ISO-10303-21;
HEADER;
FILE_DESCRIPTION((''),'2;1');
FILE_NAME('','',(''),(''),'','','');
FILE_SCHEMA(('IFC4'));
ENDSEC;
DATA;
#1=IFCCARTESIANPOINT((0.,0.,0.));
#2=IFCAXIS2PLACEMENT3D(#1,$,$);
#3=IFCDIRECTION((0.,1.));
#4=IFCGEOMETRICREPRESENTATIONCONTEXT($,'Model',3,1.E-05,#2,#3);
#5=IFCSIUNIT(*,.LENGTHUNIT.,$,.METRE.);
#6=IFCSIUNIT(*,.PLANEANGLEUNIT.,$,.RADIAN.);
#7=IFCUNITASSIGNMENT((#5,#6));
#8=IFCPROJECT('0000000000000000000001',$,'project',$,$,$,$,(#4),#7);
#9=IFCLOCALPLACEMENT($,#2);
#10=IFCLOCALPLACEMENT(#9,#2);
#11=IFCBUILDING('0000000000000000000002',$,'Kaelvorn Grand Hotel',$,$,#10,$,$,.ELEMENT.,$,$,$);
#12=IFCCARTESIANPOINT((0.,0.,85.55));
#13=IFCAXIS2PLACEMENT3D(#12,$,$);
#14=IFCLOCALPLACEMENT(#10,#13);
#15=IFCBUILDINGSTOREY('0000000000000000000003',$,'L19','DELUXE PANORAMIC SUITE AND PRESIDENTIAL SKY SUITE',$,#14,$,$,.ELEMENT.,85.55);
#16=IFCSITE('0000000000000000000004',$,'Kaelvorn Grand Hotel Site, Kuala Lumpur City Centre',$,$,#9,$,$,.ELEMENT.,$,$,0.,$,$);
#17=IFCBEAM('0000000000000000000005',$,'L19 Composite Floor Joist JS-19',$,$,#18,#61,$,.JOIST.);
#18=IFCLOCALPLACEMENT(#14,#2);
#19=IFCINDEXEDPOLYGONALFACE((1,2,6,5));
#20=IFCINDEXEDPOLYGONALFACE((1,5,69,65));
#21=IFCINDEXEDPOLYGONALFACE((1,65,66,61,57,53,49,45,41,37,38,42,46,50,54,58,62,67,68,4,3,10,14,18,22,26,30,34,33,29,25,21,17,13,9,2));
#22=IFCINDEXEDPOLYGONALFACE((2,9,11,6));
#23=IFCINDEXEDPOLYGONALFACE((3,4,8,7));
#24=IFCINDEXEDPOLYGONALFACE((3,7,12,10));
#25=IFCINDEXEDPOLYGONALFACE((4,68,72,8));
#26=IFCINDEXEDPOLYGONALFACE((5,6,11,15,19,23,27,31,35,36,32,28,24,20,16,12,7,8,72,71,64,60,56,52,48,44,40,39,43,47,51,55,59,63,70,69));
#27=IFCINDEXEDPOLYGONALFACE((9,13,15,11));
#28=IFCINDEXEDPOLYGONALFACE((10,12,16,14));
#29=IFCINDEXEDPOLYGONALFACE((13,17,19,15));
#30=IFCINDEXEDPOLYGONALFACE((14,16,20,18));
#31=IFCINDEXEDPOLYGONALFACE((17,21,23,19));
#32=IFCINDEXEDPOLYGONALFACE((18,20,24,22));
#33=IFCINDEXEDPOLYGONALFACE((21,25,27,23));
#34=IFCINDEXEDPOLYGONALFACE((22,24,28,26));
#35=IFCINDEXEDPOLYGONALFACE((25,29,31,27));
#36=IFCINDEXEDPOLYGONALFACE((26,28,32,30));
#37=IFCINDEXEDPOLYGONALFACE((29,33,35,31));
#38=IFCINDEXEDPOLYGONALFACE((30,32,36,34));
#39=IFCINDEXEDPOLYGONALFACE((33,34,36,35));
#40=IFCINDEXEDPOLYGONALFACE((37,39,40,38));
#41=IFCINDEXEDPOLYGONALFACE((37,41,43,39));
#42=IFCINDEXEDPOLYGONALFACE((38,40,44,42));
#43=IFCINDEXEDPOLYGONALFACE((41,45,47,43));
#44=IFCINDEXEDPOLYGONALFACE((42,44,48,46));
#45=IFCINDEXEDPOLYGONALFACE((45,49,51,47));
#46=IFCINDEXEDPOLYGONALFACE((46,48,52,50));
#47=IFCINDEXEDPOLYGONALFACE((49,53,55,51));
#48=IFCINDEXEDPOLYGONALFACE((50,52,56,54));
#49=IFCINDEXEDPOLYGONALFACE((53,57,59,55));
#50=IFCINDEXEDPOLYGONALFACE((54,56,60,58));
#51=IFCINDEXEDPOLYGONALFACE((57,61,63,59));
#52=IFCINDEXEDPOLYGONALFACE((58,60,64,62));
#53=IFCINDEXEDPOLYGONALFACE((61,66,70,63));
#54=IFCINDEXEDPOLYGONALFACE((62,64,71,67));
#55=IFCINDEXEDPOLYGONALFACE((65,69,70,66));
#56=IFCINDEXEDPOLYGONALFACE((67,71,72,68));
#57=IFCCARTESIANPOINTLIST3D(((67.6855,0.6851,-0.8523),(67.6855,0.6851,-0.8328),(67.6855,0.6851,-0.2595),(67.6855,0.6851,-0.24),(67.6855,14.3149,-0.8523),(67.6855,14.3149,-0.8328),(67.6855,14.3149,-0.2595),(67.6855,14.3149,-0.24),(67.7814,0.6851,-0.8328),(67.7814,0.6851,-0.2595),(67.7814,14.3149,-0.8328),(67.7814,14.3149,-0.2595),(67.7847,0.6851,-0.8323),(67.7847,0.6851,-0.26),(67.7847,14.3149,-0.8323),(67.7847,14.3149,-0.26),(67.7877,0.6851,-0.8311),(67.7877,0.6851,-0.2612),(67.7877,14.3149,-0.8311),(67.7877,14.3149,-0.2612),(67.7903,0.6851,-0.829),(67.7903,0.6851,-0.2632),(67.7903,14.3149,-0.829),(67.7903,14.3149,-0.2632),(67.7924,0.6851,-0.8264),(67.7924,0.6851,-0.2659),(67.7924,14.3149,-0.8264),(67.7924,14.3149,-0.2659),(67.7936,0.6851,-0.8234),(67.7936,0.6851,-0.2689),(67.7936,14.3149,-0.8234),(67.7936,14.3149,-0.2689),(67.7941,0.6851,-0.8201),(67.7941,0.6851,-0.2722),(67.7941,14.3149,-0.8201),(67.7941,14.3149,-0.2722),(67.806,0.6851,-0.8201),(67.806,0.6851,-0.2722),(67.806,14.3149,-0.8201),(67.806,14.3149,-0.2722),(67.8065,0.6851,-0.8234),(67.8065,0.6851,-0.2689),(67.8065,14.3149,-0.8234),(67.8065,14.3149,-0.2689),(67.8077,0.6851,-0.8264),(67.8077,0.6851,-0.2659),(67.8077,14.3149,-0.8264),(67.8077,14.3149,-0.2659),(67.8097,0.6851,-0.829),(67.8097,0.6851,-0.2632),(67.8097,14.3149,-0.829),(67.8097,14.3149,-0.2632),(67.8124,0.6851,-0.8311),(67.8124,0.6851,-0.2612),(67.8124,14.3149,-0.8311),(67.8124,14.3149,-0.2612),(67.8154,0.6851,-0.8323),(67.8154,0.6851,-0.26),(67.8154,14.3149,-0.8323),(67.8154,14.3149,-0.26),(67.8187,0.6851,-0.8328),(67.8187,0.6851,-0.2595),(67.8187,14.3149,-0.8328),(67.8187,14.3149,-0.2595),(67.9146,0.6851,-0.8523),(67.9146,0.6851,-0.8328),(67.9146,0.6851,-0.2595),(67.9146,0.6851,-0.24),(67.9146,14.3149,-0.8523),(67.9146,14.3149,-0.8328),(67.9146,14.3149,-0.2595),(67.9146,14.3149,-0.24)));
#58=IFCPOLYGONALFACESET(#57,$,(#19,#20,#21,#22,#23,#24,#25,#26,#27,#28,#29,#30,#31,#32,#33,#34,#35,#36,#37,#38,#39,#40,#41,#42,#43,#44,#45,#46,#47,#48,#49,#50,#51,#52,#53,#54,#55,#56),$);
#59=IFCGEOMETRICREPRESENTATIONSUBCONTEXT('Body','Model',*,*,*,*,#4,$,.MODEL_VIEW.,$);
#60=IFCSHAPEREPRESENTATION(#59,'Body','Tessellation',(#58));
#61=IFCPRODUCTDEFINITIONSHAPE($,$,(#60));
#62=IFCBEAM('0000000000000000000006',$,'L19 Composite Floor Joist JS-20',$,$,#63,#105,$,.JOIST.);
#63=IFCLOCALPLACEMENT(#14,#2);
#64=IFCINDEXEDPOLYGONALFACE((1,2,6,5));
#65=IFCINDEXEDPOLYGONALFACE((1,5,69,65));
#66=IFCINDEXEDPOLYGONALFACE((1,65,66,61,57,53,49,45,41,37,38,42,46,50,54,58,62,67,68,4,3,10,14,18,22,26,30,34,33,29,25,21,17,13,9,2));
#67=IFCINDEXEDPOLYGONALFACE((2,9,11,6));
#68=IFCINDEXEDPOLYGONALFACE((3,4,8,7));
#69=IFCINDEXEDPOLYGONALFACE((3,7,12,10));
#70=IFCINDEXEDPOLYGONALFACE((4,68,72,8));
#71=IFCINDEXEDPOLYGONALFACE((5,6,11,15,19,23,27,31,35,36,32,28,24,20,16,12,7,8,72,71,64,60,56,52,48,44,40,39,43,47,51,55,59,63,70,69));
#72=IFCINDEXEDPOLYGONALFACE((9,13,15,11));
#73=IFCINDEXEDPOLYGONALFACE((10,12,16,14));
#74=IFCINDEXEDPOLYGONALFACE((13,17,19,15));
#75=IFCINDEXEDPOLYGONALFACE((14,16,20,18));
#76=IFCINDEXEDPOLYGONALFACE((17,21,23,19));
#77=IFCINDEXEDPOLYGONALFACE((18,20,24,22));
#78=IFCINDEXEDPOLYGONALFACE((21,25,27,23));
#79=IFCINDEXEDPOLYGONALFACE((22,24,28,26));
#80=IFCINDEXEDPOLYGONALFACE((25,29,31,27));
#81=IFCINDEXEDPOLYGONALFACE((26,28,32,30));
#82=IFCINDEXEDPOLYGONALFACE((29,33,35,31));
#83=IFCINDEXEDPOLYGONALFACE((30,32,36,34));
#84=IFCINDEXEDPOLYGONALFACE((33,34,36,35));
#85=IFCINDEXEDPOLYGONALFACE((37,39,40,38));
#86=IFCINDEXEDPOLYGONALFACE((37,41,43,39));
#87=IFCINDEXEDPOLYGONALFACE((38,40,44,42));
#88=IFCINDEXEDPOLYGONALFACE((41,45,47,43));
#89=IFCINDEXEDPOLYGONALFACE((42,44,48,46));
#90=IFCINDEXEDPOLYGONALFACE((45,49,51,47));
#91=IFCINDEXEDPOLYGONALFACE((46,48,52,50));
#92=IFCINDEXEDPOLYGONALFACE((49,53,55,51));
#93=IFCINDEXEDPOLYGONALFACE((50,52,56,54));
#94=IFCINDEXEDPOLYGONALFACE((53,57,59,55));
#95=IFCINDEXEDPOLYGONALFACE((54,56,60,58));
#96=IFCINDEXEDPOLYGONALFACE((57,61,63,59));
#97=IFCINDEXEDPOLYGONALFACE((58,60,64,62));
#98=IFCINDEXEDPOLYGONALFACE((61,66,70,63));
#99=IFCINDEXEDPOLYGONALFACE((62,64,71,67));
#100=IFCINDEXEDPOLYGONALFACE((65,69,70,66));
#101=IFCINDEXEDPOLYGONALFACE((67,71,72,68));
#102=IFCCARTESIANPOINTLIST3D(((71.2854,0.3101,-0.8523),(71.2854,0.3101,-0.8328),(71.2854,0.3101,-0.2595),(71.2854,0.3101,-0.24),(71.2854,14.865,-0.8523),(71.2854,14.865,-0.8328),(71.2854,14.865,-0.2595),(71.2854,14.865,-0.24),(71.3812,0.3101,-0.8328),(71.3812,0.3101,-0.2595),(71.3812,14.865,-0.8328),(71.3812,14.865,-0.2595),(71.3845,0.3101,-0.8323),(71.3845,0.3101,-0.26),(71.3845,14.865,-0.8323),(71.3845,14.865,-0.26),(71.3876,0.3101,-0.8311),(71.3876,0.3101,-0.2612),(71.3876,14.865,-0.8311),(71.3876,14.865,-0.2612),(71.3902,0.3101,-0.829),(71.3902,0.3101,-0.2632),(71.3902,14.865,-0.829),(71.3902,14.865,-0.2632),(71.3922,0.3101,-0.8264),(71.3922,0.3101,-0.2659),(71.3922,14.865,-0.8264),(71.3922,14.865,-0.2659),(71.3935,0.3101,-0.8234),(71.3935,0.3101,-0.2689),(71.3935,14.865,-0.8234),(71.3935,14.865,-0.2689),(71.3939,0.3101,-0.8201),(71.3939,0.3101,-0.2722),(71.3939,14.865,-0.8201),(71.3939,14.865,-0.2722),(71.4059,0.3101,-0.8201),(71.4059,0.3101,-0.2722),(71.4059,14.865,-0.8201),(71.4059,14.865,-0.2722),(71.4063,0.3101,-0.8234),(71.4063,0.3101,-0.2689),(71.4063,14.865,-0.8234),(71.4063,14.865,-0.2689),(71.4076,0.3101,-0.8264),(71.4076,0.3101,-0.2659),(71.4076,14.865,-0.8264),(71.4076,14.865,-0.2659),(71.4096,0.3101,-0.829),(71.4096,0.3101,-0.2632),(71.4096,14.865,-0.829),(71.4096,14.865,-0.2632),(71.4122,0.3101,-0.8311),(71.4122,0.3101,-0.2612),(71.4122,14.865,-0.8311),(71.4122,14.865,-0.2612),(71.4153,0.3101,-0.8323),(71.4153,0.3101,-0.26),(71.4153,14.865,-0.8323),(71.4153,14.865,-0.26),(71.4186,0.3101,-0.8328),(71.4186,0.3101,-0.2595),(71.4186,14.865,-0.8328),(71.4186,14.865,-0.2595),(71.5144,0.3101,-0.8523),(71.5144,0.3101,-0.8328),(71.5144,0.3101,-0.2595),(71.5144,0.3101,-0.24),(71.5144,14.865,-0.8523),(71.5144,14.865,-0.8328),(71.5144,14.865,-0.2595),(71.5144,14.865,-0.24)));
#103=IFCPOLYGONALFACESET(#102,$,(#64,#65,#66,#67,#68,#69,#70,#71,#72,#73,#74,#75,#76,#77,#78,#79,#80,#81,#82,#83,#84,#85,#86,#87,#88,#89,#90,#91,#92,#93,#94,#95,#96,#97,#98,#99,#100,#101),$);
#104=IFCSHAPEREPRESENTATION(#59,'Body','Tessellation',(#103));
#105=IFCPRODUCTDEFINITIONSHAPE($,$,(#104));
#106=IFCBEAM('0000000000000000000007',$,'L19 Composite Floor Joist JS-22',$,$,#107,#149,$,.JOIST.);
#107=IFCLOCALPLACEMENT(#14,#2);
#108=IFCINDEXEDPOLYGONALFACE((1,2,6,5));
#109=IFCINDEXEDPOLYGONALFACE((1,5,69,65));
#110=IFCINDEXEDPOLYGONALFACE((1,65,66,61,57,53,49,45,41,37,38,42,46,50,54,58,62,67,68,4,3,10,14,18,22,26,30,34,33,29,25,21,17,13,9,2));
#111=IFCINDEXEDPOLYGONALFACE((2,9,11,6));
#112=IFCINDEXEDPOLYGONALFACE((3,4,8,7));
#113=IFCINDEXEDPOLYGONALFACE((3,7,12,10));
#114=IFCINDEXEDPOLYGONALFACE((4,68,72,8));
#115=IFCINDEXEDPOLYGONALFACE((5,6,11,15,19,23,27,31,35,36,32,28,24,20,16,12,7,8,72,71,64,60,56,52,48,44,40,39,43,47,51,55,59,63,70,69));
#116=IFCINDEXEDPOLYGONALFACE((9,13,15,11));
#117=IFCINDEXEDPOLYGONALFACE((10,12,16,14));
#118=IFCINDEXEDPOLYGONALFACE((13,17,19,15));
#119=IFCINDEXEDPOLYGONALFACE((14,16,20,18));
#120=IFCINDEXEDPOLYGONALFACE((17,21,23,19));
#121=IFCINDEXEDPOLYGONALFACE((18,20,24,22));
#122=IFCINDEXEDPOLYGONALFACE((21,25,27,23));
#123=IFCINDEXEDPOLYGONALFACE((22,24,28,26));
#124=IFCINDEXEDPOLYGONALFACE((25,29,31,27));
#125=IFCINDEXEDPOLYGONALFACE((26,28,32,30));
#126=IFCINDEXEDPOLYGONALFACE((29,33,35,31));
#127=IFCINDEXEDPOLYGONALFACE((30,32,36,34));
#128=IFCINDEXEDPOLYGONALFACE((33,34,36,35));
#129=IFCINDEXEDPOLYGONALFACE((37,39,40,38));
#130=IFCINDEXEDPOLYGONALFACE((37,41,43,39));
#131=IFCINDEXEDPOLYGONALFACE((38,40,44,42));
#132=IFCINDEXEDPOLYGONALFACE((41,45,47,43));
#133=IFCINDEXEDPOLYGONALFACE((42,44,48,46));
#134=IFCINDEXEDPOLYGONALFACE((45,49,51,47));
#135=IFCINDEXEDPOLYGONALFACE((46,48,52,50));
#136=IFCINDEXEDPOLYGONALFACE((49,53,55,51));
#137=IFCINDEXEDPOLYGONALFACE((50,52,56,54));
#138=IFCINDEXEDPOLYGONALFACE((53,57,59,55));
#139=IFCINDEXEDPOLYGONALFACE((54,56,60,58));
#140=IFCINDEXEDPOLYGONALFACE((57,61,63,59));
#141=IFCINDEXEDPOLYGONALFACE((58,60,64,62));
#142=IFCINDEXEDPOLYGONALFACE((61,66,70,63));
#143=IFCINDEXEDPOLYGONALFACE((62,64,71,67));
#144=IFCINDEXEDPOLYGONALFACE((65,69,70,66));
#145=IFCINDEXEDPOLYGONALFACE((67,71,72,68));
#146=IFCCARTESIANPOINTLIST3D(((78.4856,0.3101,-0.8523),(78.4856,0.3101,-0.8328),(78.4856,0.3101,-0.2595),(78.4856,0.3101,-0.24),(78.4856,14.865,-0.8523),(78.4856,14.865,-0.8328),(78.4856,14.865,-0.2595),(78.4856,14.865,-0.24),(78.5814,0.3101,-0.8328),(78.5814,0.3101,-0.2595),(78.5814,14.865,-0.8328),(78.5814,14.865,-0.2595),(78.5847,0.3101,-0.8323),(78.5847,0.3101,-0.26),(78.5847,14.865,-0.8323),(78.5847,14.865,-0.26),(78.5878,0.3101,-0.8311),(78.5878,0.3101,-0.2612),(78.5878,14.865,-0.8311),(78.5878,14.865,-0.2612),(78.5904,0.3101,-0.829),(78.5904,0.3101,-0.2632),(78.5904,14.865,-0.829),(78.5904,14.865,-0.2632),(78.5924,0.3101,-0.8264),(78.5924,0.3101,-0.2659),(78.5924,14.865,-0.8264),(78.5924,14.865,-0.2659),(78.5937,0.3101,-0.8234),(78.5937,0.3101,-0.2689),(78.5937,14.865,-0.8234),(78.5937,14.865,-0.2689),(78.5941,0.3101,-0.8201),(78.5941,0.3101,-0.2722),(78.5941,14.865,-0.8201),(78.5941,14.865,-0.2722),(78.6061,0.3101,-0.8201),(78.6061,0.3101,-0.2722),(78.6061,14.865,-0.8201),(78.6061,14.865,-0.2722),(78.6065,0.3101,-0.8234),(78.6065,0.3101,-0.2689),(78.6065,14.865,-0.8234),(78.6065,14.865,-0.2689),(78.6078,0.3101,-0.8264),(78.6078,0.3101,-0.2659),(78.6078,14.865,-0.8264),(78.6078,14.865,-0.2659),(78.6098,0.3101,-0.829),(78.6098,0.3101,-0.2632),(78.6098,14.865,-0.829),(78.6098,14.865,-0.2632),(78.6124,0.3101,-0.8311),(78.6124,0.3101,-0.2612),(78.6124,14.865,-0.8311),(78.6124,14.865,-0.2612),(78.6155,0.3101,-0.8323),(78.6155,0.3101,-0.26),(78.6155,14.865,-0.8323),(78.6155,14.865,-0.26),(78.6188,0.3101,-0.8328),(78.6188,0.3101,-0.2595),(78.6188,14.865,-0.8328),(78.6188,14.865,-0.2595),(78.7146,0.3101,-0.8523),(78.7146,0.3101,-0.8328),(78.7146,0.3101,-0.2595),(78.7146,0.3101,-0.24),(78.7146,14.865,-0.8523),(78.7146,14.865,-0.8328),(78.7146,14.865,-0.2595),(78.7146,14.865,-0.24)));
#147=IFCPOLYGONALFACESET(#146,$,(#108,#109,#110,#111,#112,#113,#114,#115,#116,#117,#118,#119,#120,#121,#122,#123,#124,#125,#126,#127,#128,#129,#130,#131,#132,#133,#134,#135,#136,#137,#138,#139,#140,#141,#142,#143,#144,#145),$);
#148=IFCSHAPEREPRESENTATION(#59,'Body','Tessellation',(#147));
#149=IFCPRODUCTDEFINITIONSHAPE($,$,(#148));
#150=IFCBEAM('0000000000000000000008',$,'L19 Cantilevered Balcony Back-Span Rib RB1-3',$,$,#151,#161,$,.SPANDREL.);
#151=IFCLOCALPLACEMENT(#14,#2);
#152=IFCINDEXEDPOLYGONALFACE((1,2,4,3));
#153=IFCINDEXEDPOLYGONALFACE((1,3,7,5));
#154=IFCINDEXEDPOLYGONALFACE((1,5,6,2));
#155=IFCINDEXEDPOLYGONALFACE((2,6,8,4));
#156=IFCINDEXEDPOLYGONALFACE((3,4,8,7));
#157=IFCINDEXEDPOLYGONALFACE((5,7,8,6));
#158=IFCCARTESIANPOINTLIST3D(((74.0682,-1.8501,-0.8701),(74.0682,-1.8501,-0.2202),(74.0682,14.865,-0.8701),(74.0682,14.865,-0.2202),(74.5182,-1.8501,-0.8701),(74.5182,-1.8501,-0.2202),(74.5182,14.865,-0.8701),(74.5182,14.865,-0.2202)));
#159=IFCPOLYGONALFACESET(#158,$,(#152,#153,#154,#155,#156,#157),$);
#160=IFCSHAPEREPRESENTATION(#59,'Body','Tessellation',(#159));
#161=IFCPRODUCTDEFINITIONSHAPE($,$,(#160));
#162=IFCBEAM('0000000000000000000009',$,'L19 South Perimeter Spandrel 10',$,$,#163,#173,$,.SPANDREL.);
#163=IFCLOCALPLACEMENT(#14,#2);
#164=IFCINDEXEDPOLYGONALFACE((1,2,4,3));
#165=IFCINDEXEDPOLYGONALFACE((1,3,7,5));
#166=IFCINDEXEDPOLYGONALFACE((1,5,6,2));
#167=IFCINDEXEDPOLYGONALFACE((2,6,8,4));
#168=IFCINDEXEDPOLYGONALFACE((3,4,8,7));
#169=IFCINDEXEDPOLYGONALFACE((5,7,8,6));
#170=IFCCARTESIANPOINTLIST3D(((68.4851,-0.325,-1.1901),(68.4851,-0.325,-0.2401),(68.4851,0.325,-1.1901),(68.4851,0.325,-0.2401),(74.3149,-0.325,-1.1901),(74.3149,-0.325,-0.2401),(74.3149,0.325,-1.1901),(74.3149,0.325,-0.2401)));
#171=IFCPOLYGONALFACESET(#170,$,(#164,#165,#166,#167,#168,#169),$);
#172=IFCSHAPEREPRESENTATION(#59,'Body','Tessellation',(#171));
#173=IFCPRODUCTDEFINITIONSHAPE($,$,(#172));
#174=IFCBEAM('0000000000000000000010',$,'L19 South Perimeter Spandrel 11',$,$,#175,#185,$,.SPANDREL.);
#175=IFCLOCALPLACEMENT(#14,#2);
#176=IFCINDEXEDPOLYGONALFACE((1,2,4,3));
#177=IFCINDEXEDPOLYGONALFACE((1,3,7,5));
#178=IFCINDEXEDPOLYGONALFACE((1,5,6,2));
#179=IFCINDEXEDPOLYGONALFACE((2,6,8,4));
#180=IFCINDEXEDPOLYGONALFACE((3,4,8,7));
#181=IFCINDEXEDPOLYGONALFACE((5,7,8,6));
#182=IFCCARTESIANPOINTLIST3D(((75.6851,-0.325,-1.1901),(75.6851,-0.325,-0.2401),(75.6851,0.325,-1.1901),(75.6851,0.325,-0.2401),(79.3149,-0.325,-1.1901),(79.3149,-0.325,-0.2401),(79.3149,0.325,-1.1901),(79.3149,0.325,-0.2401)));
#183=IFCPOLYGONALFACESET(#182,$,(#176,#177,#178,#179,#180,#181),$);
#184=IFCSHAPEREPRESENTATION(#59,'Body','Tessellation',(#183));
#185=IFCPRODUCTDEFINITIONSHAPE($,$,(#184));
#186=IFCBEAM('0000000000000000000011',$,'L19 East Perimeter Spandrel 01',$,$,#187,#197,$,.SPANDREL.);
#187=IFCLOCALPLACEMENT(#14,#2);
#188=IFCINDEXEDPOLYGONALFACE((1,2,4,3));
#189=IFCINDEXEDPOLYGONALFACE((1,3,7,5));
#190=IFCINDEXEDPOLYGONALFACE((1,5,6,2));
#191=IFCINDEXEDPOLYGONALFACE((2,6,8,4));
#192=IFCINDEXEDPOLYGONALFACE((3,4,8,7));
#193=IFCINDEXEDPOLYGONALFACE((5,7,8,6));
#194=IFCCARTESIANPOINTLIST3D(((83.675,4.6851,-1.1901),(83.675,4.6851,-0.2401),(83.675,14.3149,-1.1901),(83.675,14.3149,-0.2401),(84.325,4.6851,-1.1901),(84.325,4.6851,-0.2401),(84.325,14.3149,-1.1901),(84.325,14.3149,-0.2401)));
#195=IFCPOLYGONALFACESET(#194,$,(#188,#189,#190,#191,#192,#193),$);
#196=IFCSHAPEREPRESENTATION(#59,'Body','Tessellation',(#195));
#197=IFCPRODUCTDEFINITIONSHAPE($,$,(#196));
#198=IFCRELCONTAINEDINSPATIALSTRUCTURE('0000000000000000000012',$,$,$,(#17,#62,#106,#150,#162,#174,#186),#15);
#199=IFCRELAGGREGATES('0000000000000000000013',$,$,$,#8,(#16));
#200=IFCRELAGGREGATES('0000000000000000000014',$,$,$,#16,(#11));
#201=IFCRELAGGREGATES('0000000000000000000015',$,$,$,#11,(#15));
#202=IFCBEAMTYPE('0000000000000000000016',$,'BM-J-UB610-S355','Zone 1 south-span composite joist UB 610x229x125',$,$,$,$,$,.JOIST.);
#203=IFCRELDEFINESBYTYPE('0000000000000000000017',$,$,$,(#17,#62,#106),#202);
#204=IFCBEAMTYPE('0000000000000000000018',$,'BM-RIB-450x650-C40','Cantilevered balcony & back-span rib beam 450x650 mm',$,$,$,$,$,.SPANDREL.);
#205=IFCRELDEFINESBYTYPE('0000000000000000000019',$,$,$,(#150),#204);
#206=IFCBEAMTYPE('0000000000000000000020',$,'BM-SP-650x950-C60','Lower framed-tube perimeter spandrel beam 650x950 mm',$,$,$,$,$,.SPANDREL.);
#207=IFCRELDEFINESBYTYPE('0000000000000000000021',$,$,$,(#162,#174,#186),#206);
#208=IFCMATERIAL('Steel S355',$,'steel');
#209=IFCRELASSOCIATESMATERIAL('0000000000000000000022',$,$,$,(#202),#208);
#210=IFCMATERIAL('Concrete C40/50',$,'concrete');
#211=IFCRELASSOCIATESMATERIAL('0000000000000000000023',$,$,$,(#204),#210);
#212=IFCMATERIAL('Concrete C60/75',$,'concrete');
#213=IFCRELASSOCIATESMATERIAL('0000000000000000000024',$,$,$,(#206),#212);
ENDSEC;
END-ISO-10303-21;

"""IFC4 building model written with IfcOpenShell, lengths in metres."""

from ifc_helpers import new_model, si_unit, direction, frame, origin, origin_2d, place, context, subcontext, project, spatial, rectangle, i_section, extrude, material, material_profile, profile_set, type_object, element, save


model = new_model("IFC4")

# Units and contexts
model_context = context("Model", 3, precision=1e-05, world=origin(), true_north=direction((0.0, 1.0)))
body_context = subcontext(model_context, "Body", "Model", "MODEL_VIEW")
ifc_project = project(units=[si_unit("LENGTHUNIT", "METRE"), si_unit("PLANEANGLEUNIT", "RADIAN")], contexts=[model_context])

# Site, building, storey
site_placement = place(None, origin())
site = spatial("IfcSite", under=ifc_project, at=site_placement, Name="Kaelvorn Grand Hotel Site, Kuala Lumpur City Centre", CompositionType="ELEMENT", RefElevation=0.0)
building_placement = place(site_placement, origin())
building = spatial("IfcBuilding", under=site, at=building_placement, Name="Kaelvorn Grand Hotel", CompositionType="ELEMENT")
storey_placement = place(building_placement, frame((0.0, 0.0, 85.55)))
storey = spatial("IfcBuildingStorey", under=building, at=storey_placement, Name="L19", Description="DELUXE PANORAMIC SUITE AND PRESIDENTIAL SKY SUITE", CompositionType="ELEMENT", Elevation=85.55)

# Shared definitions
ifc_material_1 = material(Name="Concrete C60/75", Category="concrete")

# Beams
ifc_material_2 = material(Name="Steel S355", Category="steel")
ifc_material_profile_1 = material_profile(ifc_material_2, i_section(OverallWidth=0.229, OverallDepth=0.6123, WebThickness=0.012, FlangeThickness=0.0195, FilletRadius=0.0127, at=origin_2d()), Name="UB 610x229x125")
ifc_profile_set_1 = profile_set([ifc_material_profile_1], Name="Steel S355")
beam_type_1 = type_object("IfcBeamType", Name="BM-J-UB610-S355", Description="Zone 1 south-span composite joist UB 610x229x125", PredefinedType="JOIST", material=ifc_profile_set_1)
beam_1_placement = place(storey_placement, frame((67.8, 0.6851, -0.5461), z_axis=(0.0, 1.0, 0.0), x_axis=(-1.0, 0.0, 0.0)))
element("IfcBeam", 1, at=beam_1_placement, inside=storey, type_object=beam_type_1, Name="L19 Composite Floor Joist JS-19", PredefinedType="JOIST", context=body_context, shape_type="SweptSolid", body=[
    extrude(i_section(OverallWidth=0.229, OverallDepth=0.6123, WebThickness=0.012, FlangeThickness=0.0195, FilletRadius=0.0127, at=origin_2d()), origin(), (0.0, 0.0, 1.0), 13.6299),
])
for number, where, z_axis, x_axis, name in (
    (2, (71.3999, 0.3101, -0.5461), (0.0, 1.0, 0.0), (-1.0, 0.0, 0.0), "L19 Composite Floor Joist JS-20"),
    (3, (78.6001, 0.3101, -0.5461), (0.0, 1.0, 0.0), (-1.0, 0.0, 0.0), "L19 Composite Floor Joist JS-22"),
):
    element("IfcBeam", number, at=place(storey_placement, frame(where, z_axis=z_axis, x_axis=x_axis)), inside=storey, type_object=beam_type_1, Name=name, PredefinedType="JOIST", context=body_context, shape_type="SweptSolid", body=[
        extrude(i_section(OverallWidth=0.229, OverallDepth=0.6123, WebThickness=0.012, FlangeThickness=0.0195, FilletRadius=0.0127, at=origin_2d()), origin(), (0.0, 0.0, 1.0), 14.5549),
    ])
ifc_material_3 = material(Name="Concrete C40/50", Category="concrete")
ifc_material_profile_2 = material_profile(ifc_material_3, rectangle(XDim=0.45, YDim=0.6499, at=origin_2d()), Name="RC RIB 450x650")
ifc_profile_set_2 = profile_set([ifc_material_profile_2], Name="Concrete C40/50")
beam_type_2 = type_object("IfcBeamType", Name="BM-RIB-450x650-C40", Description="Cantilevered balcony & back-span rib beam 450x650 mm", PredefinedType="SPANDREL", material=ifc_profile_set_2)
beam_2_placement = place(storey_placement, frame((74.2932, -1.8501, -0.5452), z_axis=(0.0, 1.0, 0.0), x_axis=(-1.0, 0.0, 0.0)))
element("IfcBeam", 4, at=beam_2_placement, inside=storey, type_object=beam_type_2, Name="L19 Cantilevered Balcony Back-Span Rib RB1-3", PredefinedType="SPANDREL", context=body_context, shape_type="SweptSolid", body=[
    extrude(rectangle(XDim=0.45, YDim=0.6499, at=origin_2d()), origin(), (0.0, 0.0, 1.0), 16.7151),
])
ifc_material_profile_3 = material_profile(ifc_material_1, rectangle(XDim=0.6499, YDim=0.95, at=origin_2d()), Name="RC SPANDREL 650x950")
ifc_profile_set_3 = profile_set([ifc_material_profile_3], Name="Concrete C60/75")
beam_type_3 = type_object("IfcBeamType", Name="BM-SP-650x950-C60", Description="Lower framed-tube perimeter spandrel beam 650x950 mm", PredefinedType="SPANDREL", material=ifc_profile_set_3)
beam_3_placement = place(storey_placement, frame((68.4851, 0.0, -0.7151), z_axis=(1.0, 0.0, 0.0), x_axis=(0.0, 1.0, 0.0)))
element("IfcBeam", 5, at=beam_3_placement, inside=storey, type_object=beam_type_3, Name="L19 South Perimeter Spandrel 10", PredefinedType="SPANDREL", context=body_context, shape_type="SweptSolid", body=[
    extrude(rectangle(XDim=0.6499, YDim=0.95, at=origin_2d()), origin(), (0.0, 0.0, 1.0), 5.8298),
])
beam_4_placement = place(storey_placement, frame((75.6851, 0.0, -0.7151), z_axis=(1.0, 0.0, 0.0), x_axis=(0.0, 1.0, 0.0)))
element("IfcBeam", 6, at=beam_4_placement, inside=storey, type_object=beam_type_3, Name="L19 South Perimeter Spandrel 11", PredefinedType="SPANDREL", context=body_context, shape_type="SweptSolid", body=[
    extrude(rectangle(XDim=0.6499, YDim=0.95, at=origin_2d()), origin(), (0.0, 0.0, 1.0), 3.6299),
])
beam_5_placement = place(storey_placement, frame((84.0, 4.6851, -0.7151), z_axis=(0.0, 1.0, 0.0), x_axis=(-1.0, 0.0, 0.0)))
element("IfcBeam", 7, at=beam_5_placement, inside=storey, type_object=beam_type_3, Name="L19 East Perimeter Spandrel 01", PredefinedType="SPANDREL", context=body_context, shape_type="SweptSolid", body=[
    extrude(rectangle(XDim=0.6499, YDim=0.95, at=origin_2d()), origin(), (0.0, 0.0, 1.0), 9.6299),
])

save(model, "model.ifc")
